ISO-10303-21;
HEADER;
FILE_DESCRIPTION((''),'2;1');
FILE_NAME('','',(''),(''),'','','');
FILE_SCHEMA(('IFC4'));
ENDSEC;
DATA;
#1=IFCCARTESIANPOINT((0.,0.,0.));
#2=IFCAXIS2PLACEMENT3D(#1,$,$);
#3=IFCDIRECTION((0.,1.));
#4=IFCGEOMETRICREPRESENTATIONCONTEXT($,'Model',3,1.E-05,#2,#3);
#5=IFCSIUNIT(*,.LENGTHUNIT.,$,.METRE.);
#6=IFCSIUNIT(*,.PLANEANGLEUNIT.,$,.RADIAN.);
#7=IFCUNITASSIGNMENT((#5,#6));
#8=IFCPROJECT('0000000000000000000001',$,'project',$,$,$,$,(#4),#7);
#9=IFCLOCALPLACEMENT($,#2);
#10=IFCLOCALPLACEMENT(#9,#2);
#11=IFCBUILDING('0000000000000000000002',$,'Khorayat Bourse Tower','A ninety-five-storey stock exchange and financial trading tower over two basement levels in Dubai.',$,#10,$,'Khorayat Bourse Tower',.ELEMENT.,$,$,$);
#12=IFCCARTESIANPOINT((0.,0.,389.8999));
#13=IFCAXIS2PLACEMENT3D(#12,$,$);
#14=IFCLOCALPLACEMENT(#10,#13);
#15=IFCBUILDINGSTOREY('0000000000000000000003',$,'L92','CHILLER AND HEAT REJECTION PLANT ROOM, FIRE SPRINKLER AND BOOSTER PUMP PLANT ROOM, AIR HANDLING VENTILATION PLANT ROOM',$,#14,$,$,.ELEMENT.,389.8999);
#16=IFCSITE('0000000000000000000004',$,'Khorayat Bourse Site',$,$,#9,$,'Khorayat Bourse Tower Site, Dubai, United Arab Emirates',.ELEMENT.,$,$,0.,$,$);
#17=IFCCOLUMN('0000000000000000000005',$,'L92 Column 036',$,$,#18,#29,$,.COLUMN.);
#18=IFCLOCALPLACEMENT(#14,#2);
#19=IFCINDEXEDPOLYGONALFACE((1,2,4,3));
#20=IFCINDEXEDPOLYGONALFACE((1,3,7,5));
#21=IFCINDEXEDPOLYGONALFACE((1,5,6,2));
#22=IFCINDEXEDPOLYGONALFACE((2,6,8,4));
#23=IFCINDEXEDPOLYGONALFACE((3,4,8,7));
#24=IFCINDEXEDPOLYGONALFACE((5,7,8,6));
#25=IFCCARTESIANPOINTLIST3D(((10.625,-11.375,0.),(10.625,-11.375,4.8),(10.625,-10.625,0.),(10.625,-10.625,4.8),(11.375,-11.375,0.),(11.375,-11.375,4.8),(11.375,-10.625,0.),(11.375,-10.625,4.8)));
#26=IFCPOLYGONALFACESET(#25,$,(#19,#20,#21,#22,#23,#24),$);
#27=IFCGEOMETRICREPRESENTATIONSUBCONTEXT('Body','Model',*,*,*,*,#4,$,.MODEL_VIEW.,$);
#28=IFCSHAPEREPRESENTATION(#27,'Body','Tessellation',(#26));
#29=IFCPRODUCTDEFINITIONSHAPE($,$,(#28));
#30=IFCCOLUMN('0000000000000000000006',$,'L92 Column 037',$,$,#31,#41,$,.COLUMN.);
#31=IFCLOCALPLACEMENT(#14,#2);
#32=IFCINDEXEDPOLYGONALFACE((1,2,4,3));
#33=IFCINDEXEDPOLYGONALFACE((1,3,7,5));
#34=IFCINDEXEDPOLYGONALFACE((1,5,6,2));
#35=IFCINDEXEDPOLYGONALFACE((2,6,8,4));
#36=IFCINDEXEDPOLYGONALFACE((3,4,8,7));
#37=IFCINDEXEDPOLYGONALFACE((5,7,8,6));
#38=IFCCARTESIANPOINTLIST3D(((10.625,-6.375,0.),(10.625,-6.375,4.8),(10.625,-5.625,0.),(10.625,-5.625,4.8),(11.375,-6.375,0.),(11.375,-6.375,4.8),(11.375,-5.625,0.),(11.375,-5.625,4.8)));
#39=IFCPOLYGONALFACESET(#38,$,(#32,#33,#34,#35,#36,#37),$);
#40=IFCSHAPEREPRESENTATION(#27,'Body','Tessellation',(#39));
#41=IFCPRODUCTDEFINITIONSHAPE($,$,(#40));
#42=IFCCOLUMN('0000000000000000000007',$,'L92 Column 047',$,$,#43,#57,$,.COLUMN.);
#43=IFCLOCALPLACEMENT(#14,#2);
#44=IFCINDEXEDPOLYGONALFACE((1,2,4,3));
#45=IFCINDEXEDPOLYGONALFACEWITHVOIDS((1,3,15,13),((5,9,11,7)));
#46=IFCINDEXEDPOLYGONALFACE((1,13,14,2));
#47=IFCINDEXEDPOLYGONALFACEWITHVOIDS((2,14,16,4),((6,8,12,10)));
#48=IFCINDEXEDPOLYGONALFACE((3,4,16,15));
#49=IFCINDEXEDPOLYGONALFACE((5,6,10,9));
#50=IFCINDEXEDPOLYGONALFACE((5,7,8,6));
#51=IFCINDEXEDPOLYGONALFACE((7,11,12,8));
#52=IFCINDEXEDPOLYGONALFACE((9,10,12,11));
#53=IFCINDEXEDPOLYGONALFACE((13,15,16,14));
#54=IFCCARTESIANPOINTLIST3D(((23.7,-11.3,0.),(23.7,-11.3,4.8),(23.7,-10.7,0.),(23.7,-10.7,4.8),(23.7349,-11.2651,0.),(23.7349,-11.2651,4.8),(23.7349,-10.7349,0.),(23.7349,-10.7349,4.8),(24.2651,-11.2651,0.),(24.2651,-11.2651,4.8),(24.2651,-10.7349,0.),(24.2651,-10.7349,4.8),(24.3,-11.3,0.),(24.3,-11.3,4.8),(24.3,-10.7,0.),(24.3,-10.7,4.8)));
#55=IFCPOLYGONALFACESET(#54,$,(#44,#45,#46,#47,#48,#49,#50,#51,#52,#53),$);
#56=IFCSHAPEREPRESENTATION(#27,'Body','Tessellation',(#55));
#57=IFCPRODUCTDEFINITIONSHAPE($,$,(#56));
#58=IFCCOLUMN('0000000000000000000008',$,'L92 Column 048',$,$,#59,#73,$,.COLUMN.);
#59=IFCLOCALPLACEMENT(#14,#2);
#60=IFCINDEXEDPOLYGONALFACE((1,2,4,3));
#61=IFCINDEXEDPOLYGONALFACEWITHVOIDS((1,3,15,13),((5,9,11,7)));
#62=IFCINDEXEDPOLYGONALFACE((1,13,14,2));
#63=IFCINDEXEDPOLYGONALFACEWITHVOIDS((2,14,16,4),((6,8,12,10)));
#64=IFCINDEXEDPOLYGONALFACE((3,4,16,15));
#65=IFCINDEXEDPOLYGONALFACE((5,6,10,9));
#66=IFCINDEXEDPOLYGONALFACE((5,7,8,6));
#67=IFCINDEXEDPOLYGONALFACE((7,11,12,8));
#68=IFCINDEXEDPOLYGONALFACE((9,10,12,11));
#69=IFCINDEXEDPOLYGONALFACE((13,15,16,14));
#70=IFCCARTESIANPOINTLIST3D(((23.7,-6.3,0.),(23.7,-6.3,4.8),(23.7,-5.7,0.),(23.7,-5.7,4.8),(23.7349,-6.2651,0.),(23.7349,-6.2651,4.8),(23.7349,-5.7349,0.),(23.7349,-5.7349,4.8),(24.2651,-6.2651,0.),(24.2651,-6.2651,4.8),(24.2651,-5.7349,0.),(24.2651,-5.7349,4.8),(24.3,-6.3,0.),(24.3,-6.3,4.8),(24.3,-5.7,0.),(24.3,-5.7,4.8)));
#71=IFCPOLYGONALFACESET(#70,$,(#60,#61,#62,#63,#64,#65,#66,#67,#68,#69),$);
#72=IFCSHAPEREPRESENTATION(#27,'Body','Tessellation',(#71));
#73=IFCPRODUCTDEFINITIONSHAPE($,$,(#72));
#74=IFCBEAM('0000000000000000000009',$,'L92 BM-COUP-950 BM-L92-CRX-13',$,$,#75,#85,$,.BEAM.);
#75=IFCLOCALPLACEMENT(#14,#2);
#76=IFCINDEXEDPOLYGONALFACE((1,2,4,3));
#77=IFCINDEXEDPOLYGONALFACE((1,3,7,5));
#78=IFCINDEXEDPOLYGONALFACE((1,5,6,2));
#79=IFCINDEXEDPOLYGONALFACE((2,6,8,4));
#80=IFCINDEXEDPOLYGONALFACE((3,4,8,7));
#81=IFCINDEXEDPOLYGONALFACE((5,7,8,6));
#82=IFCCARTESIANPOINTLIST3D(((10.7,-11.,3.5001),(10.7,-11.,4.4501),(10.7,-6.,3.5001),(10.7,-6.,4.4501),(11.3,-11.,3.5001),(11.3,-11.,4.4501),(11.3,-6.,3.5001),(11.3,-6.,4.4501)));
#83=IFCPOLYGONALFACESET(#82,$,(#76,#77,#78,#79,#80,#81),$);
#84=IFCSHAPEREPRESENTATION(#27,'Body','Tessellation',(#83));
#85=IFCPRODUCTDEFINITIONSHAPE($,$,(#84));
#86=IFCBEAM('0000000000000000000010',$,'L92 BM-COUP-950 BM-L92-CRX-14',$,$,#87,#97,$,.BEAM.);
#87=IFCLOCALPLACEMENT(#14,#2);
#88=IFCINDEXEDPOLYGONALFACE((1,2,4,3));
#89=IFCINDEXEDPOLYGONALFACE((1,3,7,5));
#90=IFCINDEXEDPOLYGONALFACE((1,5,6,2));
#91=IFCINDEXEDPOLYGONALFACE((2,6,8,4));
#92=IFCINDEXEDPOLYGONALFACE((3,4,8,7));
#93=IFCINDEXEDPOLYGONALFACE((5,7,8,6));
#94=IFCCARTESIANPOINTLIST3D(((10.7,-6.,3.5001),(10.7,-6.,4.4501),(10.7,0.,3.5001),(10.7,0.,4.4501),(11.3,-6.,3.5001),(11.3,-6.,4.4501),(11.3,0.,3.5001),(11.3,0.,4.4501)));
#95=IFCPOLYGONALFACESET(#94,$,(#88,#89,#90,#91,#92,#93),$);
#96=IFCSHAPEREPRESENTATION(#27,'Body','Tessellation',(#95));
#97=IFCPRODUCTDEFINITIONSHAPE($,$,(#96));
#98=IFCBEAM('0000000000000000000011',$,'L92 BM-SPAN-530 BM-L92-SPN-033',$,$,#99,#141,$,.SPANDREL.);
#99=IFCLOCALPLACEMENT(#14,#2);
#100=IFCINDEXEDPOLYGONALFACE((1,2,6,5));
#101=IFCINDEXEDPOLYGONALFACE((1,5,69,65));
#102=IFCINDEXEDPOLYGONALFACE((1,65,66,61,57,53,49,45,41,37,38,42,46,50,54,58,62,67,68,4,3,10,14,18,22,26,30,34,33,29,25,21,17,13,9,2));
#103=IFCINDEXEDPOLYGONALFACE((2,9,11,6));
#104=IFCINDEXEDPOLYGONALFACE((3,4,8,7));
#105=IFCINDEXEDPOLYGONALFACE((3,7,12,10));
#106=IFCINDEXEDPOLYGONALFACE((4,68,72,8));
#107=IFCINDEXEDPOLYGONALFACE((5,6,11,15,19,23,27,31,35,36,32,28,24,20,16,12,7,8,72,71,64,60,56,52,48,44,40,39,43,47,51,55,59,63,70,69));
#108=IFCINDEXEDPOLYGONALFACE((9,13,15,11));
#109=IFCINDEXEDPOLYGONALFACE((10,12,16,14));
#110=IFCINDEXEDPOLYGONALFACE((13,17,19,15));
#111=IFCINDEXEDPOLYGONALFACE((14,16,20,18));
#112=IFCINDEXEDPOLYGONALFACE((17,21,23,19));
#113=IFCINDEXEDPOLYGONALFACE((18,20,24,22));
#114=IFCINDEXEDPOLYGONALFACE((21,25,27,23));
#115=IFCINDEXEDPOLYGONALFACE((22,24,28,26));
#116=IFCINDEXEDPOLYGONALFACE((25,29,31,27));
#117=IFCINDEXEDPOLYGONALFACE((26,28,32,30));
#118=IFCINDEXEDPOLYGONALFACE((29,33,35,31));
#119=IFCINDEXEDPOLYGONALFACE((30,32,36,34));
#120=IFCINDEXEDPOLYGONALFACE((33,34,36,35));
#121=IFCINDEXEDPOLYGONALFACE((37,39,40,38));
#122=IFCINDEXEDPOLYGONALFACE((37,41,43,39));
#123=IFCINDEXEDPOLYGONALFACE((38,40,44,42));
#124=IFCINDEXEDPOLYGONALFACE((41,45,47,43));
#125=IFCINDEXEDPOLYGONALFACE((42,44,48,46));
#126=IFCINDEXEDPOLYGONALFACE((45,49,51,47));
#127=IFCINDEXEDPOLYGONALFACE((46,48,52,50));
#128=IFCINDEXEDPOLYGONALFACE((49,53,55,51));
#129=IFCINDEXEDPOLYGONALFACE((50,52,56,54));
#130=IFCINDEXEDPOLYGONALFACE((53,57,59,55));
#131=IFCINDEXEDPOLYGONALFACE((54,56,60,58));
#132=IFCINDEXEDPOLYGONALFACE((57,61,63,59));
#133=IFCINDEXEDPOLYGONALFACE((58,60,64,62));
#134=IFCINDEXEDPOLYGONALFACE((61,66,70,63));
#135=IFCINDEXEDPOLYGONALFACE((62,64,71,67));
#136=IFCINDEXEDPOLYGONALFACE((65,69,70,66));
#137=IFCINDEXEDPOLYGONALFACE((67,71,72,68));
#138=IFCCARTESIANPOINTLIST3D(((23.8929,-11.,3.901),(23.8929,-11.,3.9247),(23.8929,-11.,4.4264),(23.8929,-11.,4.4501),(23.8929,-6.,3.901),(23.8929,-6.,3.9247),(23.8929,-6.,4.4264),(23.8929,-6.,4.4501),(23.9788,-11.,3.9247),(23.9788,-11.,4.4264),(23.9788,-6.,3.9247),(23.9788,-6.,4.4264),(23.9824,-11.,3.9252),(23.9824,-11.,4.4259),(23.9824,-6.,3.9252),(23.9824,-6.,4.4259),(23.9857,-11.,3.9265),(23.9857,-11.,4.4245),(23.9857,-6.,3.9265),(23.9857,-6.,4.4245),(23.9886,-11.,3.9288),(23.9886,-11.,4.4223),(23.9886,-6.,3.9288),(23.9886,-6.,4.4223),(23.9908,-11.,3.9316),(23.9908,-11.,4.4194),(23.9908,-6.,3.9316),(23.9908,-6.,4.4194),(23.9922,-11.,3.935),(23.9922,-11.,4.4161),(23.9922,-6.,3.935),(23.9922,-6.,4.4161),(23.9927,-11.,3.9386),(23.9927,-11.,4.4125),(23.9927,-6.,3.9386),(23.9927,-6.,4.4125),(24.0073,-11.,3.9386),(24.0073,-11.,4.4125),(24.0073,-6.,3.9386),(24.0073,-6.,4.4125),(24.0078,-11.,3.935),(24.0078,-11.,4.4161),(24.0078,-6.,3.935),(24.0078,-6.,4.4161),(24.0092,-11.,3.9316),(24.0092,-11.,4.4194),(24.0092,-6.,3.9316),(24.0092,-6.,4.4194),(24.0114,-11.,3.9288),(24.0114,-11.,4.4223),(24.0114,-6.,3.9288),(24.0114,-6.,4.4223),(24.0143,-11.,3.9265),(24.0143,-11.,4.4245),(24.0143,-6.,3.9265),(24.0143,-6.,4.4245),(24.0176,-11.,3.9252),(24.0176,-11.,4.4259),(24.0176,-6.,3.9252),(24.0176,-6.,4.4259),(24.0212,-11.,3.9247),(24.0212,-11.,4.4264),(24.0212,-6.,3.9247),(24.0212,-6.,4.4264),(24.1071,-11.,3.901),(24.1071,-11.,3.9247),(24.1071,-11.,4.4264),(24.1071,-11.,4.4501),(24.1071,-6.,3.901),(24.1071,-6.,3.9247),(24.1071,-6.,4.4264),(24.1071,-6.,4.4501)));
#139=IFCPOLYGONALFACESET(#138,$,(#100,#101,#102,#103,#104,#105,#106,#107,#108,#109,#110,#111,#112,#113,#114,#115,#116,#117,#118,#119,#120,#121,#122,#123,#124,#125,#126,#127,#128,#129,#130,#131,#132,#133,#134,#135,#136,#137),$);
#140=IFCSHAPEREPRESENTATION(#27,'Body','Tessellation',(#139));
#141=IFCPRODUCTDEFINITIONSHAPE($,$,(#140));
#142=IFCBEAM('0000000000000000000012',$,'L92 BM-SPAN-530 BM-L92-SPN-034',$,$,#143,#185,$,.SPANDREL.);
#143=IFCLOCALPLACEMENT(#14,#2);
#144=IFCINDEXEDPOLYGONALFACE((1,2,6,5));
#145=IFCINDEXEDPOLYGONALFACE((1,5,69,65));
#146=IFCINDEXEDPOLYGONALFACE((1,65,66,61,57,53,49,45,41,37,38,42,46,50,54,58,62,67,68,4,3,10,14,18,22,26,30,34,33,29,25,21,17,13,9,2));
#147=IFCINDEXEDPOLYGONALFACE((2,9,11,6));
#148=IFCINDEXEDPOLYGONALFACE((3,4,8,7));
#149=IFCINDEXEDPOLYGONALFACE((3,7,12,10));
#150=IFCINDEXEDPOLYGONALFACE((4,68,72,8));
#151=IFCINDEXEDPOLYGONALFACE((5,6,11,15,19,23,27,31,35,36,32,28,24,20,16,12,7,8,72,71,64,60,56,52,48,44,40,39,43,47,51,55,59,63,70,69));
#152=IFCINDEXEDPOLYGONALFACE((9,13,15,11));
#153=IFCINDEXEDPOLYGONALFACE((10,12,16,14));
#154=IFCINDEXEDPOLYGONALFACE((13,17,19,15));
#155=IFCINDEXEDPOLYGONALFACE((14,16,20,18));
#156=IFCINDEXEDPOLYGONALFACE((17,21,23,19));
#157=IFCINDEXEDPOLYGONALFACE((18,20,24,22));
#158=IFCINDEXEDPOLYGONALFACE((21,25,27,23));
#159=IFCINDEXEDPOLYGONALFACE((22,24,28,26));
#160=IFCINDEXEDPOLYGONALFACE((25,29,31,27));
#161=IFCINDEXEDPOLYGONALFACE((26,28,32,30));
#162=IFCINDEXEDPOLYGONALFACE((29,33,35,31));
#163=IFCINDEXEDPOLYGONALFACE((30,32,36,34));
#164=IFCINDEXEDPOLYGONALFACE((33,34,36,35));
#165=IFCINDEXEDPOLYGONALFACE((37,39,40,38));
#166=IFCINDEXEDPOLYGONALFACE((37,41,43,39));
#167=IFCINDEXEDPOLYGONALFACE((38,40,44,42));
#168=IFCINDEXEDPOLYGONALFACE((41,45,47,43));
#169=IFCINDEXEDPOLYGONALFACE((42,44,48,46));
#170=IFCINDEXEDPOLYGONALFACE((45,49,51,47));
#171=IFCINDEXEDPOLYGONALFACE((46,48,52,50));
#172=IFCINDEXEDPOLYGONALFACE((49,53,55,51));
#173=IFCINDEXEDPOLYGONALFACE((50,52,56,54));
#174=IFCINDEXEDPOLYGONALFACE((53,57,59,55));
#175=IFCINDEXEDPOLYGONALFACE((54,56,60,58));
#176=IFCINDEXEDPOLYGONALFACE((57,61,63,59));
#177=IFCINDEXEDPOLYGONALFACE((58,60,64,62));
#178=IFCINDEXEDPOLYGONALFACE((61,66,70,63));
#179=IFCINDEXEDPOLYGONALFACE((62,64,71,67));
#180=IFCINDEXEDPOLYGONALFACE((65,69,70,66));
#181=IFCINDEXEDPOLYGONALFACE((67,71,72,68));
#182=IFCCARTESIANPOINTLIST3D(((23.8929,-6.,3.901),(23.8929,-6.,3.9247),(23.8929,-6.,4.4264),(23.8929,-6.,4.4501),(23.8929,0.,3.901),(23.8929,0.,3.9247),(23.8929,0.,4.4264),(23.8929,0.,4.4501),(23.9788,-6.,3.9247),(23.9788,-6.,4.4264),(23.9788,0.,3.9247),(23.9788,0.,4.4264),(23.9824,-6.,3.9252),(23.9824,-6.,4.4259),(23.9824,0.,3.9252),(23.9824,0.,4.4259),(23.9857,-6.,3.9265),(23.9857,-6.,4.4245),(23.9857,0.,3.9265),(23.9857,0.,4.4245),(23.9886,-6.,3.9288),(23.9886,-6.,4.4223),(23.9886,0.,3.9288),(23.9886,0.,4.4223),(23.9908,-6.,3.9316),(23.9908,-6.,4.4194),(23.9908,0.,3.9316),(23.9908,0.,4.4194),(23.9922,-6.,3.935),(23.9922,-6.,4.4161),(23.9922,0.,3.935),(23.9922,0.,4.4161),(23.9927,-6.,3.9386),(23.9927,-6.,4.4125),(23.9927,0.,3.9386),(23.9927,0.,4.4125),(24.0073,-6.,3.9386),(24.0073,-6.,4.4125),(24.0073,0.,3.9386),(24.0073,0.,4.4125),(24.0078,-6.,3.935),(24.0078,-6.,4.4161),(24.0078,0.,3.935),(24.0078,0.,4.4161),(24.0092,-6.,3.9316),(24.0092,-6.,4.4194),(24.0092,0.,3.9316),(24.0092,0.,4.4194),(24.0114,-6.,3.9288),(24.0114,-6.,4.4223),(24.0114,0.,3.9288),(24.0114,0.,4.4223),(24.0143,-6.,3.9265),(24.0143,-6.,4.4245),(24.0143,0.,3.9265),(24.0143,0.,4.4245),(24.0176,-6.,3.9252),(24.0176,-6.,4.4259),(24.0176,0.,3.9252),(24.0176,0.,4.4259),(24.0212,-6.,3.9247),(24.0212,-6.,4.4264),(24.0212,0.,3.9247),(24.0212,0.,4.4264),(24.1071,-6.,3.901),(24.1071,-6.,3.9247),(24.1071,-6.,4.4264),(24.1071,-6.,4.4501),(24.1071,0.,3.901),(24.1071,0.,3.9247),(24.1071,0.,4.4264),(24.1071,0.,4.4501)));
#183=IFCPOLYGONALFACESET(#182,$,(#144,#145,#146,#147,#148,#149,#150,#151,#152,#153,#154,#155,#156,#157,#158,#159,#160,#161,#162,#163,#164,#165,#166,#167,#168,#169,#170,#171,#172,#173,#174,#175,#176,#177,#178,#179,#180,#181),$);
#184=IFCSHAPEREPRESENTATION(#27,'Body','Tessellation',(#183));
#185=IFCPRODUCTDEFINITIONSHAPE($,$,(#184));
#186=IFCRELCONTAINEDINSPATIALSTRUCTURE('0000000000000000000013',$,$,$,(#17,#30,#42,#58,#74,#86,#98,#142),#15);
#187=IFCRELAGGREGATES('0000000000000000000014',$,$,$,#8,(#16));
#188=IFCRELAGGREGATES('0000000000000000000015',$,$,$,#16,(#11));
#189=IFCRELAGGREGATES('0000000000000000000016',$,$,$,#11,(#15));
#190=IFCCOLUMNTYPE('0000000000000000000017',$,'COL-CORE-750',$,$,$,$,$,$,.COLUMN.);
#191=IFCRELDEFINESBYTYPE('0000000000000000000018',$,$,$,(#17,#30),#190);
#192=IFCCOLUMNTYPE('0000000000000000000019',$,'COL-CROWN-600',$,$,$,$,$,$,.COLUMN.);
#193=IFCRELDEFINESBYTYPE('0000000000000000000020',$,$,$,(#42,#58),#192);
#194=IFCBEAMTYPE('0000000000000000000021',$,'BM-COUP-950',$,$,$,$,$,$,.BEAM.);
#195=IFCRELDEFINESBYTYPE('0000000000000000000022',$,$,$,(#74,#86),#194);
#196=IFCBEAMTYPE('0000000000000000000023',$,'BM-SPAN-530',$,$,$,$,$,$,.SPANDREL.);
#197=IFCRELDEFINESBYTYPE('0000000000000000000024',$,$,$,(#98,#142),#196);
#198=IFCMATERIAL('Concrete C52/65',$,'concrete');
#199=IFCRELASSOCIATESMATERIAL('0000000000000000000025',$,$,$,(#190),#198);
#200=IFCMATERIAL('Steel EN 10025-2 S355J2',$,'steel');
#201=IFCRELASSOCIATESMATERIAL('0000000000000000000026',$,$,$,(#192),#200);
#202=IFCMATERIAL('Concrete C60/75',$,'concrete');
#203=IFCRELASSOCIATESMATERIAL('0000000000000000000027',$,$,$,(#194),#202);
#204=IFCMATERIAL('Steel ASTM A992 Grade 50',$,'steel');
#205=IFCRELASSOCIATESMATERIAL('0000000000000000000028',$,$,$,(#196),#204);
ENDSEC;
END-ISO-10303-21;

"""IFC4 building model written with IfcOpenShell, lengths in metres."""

from ifc_helpers import new_model, si_unit, direction, frame, origin, origin_2d, place, context, subcontext, project, spatial, rectangle, hollow_rectangle, i_section, extrude, source, transform, mapped, material, material_profile, profile_set, type_object, element, save


model = new_model("IFC4")

# Units and contexts
model_context = context("Model", 3, precision=1e-05, world=origin(), true_north=direction((0.0, 1.0)))
body_context = subcontext(model_context, "Body", "Model", "MODEL_VIEW")
ifc_project = project(units=[si_unit("LENGTHUNIT", "METRE"), si_unit("PLANEANGLEUNIT", "RADIAN")], contexts=[model_context])

# Site, building, storey
site_placement = place(None, origin())
site = spatial("IfcSite", under=ifc_project, at=site_placement, Name="Khorayat Bourse Site", LongName="Khorayat Bourse Tower Site, Dubai, United Arab Emirates", CompositionType="ELEMENT", RefElevation=0.0)
building_placement = place(site_placement, origin())
building = spatial("IfcBuilding", under=site, at=building_placement, Name="Khorayat Bourse Tower", Description="A ninety-five-storey stock exchange and financial trading tower over two basement levels in Dubai.", LongName="Khorayat Bourse Tower", CompositionType="ELEMENT")
storey_placement = place(building_placement, frame((0.0, 0.0, 389.8999)))
storey = spatial("IfcBuildingStorey", under=building, at=storey_placement, Name="L92", Description="CHILLER AND HEAT REJECTION PLANT ROOM, FIRE SPRINKLER AND BOOSTER PUMP PLANT ROOM, AIR HANDLING VENTILATION PLANT ROOM", CompositionType="ELEMENT", Elevation=389.8999)

# Columns
ifc_material_1 = material(Name="Concrete C52/65", Category="concrete")
ifc_material_profile_1 = material_profile(ifc_material_1, rectangle(XDim=0.75, YDim=0.75, at=origin_2d()), Name="RC 750x750")
ifc_profile_set_1 = profile_set([ifc_material_profile_1], Name="Concrete C52/65")
column_type_1 = type_object("IfcColumnType", Name="COL-CORE-750", PredefinedType="COLUMN", material=ifc_profile_set_1)
shared_shape_1 = source(origin(), body_context, "Body", "SweptSolid", [
    extrude(rectangle(XDim=0.75, YDim=0.75, at=origin_2d()), origin(), (0.0, 0.0, 1.0), 4.8),
])
for number, where, z_axis, x_axis, name in (
    (1, (11.0, -11.0, 0.0), (0.0, 0.0, 1.0), (1.0, 0.0, 0.0), "L92 Column 036"),
    (2, (11.0, -6.0, 0.0), (0.0, 0.0, 1.0), (1.0, 0.0, 0.0), "L92 Column 037"),
):
    element("IfcColumn", number, at=place(storey_placement, frame(where, z_axis=z_axis, x_axis=x_axis)), inside=storey, type_object=column_type_1, Name=name, PredefinedType="COLUMN", context=body_context, shape_type="MappedRepresentation", body=[
        mapped(shared_shape_1, transform((0.0, 0.0, 0.0), scale=1.0)),
    ])
ifc_material_2 = material(Name="Steel EN 10025-2 S355J2", Category="steel")
ifc_material_profile_2 = material_profile(ifc_material_2, hollow_rectangle(XDim=0.6001, YDim=0.6001, WallThickness=0.0349, at=origin_2d()), Name="BOX 600x600x35")
ifc_profile_set_2 = profile_set([ifc_material_profile_2], Name="Steel EN 10025-2 S355J2")
column_type_2 = type_object("IfcColumnType", Name="COL-CROWN-600", PredefinedType="COLUMN", material=ifc_profile_set_2)
shared_shape_2 = source(origin(), body_context, "Body", "SweptSolid", [
    extrude(hollow_rectangle(XDim=0.6001, YDim=0.6001, WallThickness=0.0349, at=origin_2d()), origin(), (0.0, 0.0, 1.0), 4.8),
])
for number, where, z_axis, x_axis, name in (
    (3, (24.0, -11.0, 0.0), (0.0, 0.0, 1.0), (1.0, 0.0, 0.0), "L92 Column 047"),
    (4, (24.0, -6.0, 0.0), (0.0, 0.0, 1.0), (1.0, 0.0, 0.0), "L92 Column 048"),
):
    element("IfcColumn", number, at=place(storey_placement, frame(where, z_axis=z_axis, x_axis=x_axis)), inside=storey, type_object=column_type_2, Name=name, PredefinedType="COLUMN", context=body_context, shape_type="MappedRepresentation", body=[
        mapped(shared_shape_2, transform((0.0, 0.0, 0.0), scale=1.0)),
    ])

# Beams
ifc_material_3 = material(Name="Concrete C60/75", Category="concrete")
ifc_material_profile_3 = material_profile(ifc_material_3, rectangle(XDim=0.6001, YDim=0.95, at=origin_2d()), Name="RC 600x950")
ifc_profile_set_3 = profile_set([ifc_material_profile_3], Name="Concrete C60/75")
beam_type_1 = type_object("IfcBeamType", Name="BM-COUP-950", PredefinedType="BEAM", material=ifc_profile_set_3)
shared_shape_3 = source(origin(), body_context, "Body", "SweptSolid", [
    extrude(rectangle(XDim=0.6001, YDim=0.95, at=origin_2d()), origin(), (0.0, 0.0, 1.0), 5.0),
])
beam_1_placement = place(storey_placement, frame((11.0, -11.0, 3.9751), z_axis=(0.0, 1.0, 0.0), x_axis=(-1.0, 0.0, 0.0)))
element("IfcBeam", 5, at=beam_1_placement, inside=storey, type_object=beam_type_1, Name="L92 BM-COUP-950 BM-L92-CRX-13", PredefinedType="BEAM", context=body_context, shape_type="MappedRepresentation", body=[
    mapped(shared_shape_3, transform((0.0, 0.0, 0.0), scale=1.0)),
])
shared_shape_4 = source(origin(), body_context, "Body", "SweptSolid", [
    extrude(rectangle(XDim=0.6001, YDim=0.95, at=origin_2d()), origin(), (0.0, 0.0, 1.0), 6.0),
])
beam_2_placement = place(storey_placement, frame((11.0, -6.0, 3.9751), z_axis=(0.0, 1.0, 0.0), x_axis=(-1.0, 0.0, 0.0)))
element("IfcBeam", 6, at=beam_2_placement, inside=storey, type_object=beam_type_1, Name="L92 BM-COUP-950 BM-L92-CRX-14", PredefinedType="BEAM", context=body_context, shape_type="MappedRepresentation", body=[
    mapped(shared_shape_4, transform((0.0, 0.0, 0.0), scale=1.0)),
])
ifc_material_4 = material(Name="Steel ASTM A992 Grade 50", Category="steel")
ifc_material_profile_4 = material_profile(ifc_material_4, i_section(OverallWidth=0.2141, OverallDepth=0.5491, WebThickness=0.0146, FlangeThickness=0.0237, FilletRadius=0.0139, at=origin_2d()), Name="W530X138")
ifc_profile_set_4 = profile_set([ifc_material_profile_4], Name="Steel ASTM A992 Grade 50")
beam_type_2 = type_object("IfcBeamType", Name="BM-SPAN-530", PredefinedType="SPANDREL", material=ifc_profile_set_4)
shared_shape_5 = source(origin(), body_context, "Body", "SweptSolid", [
    extrude(i_section(OverallWidth=0.2141, OverallDepth=0.5491, WebThickness=0.0146, FlangeThickness=0.0237, FilletRadius=0.0139, at=origin_2d()), origin(), (0.0, 0.0, 1.0), 5.0),
])
beam_3_placement = place(storey_placement, frame((24.0, -11.0, 4.1755), z_axis=(0.0, 1.0, 0.0), x_axis=(-1.0, 0.0, 0.0)))
element("IfcBeam", 7, at=beam_3_placement, inside=storey, type_object=beam_type_2, Name="L92 BM-SPAN-530 BM-L92-SPN-033", PredefinedType="SPANDREL", context=body_context, shape_type="MappedRepresentation", body=[
    mapped(shared_shape_5, transform((0.0, 0.0, 0.0), scale=1.0)),
])
shared_shape_6 = source(origin(), body_context, "Body", "SweptSolid", [
    extrude(i_section(OverallWidth=0.2141, OverallDepth=0.5491, WebThickness=0.0146, FlangeThickness=0.0237, FilletRadius=0.0139, at=origin_2d()), origin(), (0.0, 0.0, 1.0), 6.0),
])
beam_4_placement = place(storey_placement, frame((24.0, -6.0, 4.1755), z_axis=(0.0, 1.0, 0.0), x_axis=(-1.0, 0.0, 0.0)))
element("IfcBeam", 8, at=beam_4_placement, inside=storey, type_object=beam_type_2, Name="L92 BM-SPAN-530 BM-L92-SPN-034", PredefinedType="SPANDREL", context=body_context, shape_type="MappedRepresentation", body=[
    mapped(shared_shape_6, transform((0.0, 0.0, 0.0), scale=1.0)),
])

save(model, "model.ifc")
